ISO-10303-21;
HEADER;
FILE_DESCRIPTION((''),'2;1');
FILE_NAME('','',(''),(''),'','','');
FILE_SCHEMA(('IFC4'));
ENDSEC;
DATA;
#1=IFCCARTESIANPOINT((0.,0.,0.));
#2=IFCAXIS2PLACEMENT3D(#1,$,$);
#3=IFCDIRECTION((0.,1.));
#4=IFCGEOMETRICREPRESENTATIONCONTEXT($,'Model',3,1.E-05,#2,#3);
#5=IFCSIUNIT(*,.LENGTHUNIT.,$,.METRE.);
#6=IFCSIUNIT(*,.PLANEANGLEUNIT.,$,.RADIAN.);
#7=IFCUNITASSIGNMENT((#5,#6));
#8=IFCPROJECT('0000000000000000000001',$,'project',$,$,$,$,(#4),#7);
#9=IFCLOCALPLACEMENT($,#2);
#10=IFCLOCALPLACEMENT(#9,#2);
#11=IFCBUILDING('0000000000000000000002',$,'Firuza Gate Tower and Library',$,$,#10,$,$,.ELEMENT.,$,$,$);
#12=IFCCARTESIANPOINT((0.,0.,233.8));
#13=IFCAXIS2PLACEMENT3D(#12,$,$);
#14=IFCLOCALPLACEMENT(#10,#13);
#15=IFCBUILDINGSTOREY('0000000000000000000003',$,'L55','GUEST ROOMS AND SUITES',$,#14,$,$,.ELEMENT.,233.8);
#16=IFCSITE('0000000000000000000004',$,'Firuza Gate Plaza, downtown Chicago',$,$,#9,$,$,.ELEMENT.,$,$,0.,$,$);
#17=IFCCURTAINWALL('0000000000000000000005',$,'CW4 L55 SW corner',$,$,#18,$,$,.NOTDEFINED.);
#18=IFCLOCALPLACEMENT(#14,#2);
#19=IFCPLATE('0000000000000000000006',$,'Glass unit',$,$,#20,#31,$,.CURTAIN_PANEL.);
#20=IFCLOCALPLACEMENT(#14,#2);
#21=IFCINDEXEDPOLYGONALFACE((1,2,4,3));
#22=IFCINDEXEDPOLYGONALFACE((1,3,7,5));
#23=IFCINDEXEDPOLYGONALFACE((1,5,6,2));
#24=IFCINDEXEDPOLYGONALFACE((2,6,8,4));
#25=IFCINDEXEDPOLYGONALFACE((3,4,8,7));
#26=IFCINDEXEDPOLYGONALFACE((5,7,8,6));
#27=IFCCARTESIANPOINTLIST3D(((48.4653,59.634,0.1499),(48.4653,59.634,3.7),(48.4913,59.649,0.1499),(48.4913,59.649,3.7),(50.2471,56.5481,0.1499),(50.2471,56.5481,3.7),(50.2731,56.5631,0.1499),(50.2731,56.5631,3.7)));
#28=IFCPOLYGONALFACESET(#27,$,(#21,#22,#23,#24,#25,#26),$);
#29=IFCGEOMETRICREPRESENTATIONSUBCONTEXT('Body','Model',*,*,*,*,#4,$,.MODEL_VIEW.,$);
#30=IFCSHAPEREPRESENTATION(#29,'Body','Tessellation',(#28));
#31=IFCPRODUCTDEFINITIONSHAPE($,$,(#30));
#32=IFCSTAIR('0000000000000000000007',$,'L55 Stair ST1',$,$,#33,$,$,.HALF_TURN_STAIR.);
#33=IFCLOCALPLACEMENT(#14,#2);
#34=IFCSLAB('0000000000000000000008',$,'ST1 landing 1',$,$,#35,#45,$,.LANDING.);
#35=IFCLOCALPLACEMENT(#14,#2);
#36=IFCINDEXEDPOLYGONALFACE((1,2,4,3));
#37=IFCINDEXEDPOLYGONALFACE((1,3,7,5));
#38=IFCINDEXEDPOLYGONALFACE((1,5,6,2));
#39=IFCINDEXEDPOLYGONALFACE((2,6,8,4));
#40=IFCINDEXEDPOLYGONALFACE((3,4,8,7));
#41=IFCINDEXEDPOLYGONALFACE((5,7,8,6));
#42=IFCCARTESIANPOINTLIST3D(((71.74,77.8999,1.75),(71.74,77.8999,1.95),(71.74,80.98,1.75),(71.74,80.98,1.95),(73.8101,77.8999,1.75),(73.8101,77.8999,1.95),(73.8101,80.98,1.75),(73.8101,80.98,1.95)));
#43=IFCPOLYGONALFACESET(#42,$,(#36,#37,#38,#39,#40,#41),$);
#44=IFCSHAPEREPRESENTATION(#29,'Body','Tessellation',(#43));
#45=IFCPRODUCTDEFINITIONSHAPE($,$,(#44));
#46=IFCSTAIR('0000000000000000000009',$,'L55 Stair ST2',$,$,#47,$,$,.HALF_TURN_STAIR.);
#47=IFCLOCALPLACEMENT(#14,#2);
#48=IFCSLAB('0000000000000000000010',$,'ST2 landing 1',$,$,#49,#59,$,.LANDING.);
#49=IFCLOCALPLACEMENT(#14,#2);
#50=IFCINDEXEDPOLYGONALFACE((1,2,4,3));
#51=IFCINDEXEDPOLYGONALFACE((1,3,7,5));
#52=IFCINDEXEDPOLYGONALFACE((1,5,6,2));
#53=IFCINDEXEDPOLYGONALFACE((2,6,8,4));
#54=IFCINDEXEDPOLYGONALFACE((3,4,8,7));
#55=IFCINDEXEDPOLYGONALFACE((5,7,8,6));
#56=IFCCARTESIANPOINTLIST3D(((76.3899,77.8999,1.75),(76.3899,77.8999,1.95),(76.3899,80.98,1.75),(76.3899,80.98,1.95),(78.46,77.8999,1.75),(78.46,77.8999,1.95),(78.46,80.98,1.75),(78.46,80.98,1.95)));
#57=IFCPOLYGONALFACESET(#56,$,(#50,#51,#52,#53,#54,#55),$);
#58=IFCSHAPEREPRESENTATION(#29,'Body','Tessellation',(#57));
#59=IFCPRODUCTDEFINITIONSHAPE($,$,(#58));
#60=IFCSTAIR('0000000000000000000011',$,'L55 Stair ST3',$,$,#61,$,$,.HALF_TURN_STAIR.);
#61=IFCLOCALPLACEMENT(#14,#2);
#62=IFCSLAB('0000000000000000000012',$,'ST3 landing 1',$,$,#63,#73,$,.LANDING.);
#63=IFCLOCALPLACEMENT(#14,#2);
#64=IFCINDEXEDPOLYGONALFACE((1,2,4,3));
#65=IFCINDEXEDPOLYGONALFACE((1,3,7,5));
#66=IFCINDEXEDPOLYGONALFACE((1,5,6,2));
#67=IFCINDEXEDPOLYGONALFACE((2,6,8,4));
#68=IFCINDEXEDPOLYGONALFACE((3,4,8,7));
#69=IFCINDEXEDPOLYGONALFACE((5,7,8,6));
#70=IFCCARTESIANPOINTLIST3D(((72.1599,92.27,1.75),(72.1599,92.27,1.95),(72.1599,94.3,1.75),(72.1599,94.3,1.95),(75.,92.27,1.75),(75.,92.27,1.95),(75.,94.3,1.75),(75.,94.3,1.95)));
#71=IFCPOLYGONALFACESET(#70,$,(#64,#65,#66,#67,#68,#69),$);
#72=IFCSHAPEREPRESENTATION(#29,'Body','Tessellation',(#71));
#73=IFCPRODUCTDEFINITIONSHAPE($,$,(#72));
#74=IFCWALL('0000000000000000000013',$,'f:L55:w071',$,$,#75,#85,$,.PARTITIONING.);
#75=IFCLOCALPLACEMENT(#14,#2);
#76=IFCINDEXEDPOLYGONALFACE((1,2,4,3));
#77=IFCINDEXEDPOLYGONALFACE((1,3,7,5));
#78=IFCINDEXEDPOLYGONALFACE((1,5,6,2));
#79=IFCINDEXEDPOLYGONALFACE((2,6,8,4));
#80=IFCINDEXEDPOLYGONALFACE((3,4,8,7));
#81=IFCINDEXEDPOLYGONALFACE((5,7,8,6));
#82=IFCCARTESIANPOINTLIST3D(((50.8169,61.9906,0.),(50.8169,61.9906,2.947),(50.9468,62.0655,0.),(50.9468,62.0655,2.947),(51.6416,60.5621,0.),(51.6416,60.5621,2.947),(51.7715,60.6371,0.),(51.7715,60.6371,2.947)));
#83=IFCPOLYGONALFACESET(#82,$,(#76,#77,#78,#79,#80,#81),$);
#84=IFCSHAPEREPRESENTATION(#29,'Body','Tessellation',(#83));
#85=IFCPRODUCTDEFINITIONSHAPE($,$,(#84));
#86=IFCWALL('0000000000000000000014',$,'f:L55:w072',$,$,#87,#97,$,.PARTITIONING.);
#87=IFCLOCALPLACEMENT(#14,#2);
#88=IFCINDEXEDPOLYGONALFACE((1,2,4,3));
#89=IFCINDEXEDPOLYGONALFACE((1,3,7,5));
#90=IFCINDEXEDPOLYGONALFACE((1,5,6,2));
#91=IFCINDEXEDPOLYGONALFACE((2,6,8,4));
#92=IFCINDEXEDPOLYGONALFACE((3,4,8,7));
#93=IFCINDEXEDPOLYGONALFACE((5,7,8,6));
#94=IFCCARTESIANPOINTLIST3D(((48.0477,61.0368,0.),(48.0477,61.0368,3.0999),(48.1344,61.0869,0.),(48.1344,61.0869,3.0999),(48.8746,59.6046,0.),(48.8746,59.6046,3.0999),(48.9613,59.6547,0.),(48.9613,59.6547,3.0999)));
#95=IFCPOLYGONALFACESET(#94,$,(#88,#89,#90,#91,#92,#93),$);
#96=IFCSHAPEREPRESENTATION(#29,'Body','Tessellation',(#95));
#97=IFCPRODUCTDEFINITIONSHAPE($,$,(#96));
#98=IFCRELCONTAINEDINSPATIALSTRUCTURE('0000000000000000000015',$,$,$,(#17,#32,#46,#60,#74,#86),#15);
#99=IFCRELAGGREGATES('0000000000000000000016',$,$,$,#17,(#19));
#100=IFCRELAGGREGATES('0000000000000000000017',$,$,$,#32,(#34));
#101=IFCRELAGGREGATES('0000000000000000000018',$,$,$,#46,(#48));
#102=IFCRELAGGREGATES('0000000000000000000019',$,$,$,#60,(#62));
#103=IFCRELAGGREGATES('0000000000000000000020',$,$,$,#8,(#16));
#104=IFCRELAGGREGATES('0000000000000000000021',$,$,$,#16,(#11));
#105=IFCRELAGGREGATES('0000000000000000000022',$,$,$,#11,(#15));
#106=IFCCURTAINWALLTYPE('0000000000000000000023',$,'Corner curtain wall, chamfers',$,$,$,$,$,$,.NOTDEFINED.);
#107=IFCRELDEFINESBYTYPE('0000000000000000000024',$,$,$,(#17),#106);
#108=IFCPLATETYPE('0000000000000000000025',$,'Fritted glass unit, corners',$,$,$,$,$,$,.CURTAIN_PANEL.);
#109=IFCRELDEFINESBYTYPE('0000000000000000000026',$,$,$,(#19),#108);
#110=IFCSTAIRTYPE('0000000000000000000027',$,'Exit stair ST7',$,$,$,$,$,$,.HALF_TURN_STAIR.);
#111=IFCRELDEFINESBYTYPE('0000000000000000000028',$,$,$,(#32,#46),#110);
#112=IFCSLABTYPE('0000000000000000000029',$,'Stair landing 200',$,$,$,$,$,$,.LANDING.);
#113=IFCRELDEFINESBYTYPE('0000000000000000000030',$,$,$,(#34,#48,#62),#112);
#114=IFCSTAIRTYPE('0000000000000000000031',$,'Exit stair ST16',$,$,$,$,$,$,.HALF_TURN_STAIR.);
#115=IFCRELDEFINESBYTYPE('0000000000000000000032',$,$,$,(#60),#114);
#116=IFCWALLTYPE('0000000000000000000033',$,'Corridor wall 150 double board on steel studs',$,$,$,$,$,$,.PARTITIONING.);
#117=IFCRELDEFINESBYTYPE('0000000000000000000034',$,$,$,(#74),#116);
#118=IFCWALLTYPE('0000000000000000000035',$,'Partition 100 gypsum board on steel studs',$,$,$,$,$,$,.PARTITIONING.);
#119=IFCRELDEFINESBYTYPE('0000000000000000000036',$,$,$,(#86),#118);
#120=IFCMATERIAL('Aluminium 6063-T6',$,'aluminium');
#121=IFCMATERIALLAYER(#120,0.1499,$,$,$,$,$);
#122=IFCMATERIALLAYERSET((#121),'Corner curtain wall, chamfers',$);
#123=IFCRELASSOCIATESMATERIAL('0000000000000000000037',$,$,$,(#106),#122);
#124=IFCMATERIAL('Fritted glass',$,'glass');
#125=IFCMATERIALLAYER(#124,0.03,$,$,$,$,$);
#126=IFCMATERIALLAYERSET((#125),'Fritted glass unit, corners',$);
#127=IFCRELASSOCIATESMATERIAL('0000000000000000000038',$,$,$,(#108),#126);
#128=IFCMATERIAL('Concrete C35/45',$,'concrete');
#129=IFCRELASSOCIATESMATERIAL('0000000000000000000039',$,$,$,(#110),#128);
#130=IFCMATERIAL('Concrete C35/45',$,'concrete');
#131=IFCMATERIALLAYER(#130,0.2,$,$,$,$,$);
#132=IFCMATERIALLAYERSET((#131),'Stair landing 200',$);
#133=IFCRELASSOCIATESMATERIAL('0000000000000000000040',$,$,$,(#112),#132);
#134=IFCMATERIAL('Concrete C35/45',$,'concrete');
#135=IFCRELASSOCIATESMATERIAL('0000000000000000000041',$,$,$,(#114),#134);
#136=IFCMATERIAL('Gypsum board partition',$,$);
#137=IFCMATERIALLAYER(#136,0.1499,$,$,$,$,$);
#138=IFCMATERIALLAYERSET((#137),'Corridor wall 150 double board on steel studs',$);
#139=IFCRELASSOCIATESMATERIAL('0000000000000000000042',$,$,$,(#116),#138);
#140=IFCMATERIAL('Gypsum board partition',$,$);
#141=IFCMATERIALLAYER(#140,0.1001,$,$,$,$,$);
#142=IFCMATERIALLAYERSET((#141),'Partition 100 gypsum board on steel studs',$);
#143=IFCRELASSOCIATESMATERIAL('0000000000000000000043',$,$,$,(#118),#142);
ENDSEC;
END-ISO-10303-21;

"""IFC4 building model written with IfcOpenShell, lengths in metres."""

from ifc_helpers import new_model, si_unit, direction, frame, frame_2d, origin, place, context, subcontext, project, spatial, polyline, rectangle, outline, extrude, material, layer, layer_set, type_object, element, aggregate, save


model = new_model("IFC4")

# Units and contexts
model_context = context("Model", 3, precision=1e-05, world=origin(), true_north=direction((0.0, 1.0)))
body_context = subcontext(model_context, "Body", "Model", "MODEL_VIEW")
ifc_project = project(units=[si_unit("LENGTHUNIT", "METRE"), si_unit("PLANEANGLEUNIT", "RADIAN")], contexts=[model_context])

# Site, building, storey
site_placement = place(None, origin())
site = spatial("IfcSite", under=ifc_project, at=site_placement, Name="Firuza Gate Plaza, downtown Chicago", CompositionType="ELEMENT", RefElevation=0.0)
building_placement = place(site_placement, origin())
building = spatial("IfcBuilding", under=site, at=building_placement, Name="Firuza Gate Tower and Library", CompositionType="ELEMENT")
storey_placement = place(building_placement, frame((0.0, 0.0, 233.8)))
storey = spatial("IfcBuildingStorey", under=building, at=storey_placement, Name="L55", Description="GUEST ROOMS AND SUITES", CompositionType="ELEMENT", Elevation=233.8)

# Curtain wall
ifc_material_1 = material(Name="Aluminium 6063-T6", Category="aluminium")
ifc_layer_1 = layer(ifc_material_1, 0.1499)
ifc_layer_set_1 = layer_set([ifc_layer_1], Name="Corner curtain wall, chamfers")
curtain_wall_type = type_object("IfcCurtainWallType", Name="Corner curtain wall, chamfers", PredefinedType="NOTDEFINED", material=ifc_layer_set_1)
placement_1 = place(storey_placement, origin())
curtain_wall = element("IfcCurtainWall", 1, at=placement_1, inside=storey, type_object=curtain_wall_type, Name="CW4 L55 SW corner", PredefinedType="NOTDEFINED")

# Plate
ifc_material_2 = material(Name="Fritted glass", Category="glass")
ifc_layer_2 = layer(ifc_material_2, 0.03)
ifc_layer_set_2 = layer_set([ifc_layer_2], Name="Fritted glass unit, corners")
plate_type = type_object("IfcPlateType", Name="Fritted glass unit, corners", PredefinedType="CURTAIN_PANEL", material=ifc_layer_set_2)
plate_placement = place(storey_placement, frame((48.4653, 59.634, 0.1499), z_axis=(-0.866017, -0.500015, 0.0), x_axis=(0.500015, -0.866017, 0.0)))
plate = element("IfcPlate", 2, at=plate_placement, type_object=plate_type, Name="Glass unit", PredefinedType="CURTAIN_PANEL", context=body_context, shape_type="SweptSolid", body=[
    extrude(outline(polyline([(0.0, 0.0), (3.5634, 0.0), (3.5634, 3.55), (0.0, 3.55), (0.0, 0.0)])), origin(), (0.0, 0.0, -1.0), 0.03),
])
aggregate(curtain_wall, [plate])

# Stairs, slabs
ifc_material_3 = material(Name="Concrete C35/45", Category="concrete")
stair_type_1 = type_object("IfcStairType", Name="Exit stair ST7", PredefinedType="HALF_TURN_STAIR", material=ifc_material_3)
stair_1 = element("IfcStair", 3, at=placement_1, inside=storey, type_object=stair_type_1, Name="L55 Stair ST1", PredefinedType="HALF_TURN_STAIR")
ifc_material_4 = material(Name="Concrete C35/45", Category="concrete")
ifc_layer_3 = layer(ifc_material_4, 0.2)
ifc_layer_set_3 = layer_set([ifc_layer_3], Name="Stair landing 200")
slab_type_1 = type_object("IfcSlabType", Name="Stair landing 200", PredefinedType="LANDING", material=ifc_layer_set_3)
placement_2 = place(storey_placement, frame((0.0, 0.0, 1.75)))
slab_1 = element("IfcSlab", 4, at=placement_2, type_object=slab_type_1, Name="ST1 landing 1", PredefinedType="LANDING", context=body_context, shape_type="SweptSolid", body=[
    extrude(outline(polyline([(71.74, 77.8999), (73.8101, 77.8999), (73.8101, 80.98), (71.74, 80.98), (71.74, 77.8999)])), origin(), (0.0, 0.0, 1.0), 0.2),
])
aggregate(stair_1, [slab_1])
stair_2 = element("IfcStair", 5, at=placement_1, inside=storey, type_object=stair_type_1, Name="L55 Stair ST2", PredefinedType="HALF_TURN_STAIR")
slab_2 = element("IfcSlab", 6, at=placement_2, type_object=slab_type_1, Name="ST2 landing 1", PredefinedType="LANDING", context=body_context, shape_type="SweptSolid", body=[
    extrude(outline(polyline([(78.46, 80.98), (76.3899, 80.98), (76.3899, 77.8999), (78.46, 77.8999), (78.46, 80.98)])), origin(), (0.0, 0.0, 1.0), 0.2),
])
aggregate(stair_2, [slab_2])
ifc_material_5 = material(Name="Concrete C35/45", Category="concrete")
stair_type_2 = type_object("IfcStairType", Name="Exit stair ST16", PredefinedType="HALF_TURN_STAIR", material=ifc_material_5)
stair_3 = element("IfcStair", 7, at=placement_1, inside=storey, type_object=stair_type_2, Name="L55 Stair ST3", PredefinedType="HALF_TURN_STAIR")
slab_3 = element("IfcSlab", 8, at=placement_2, type_object=slab_type_1, Name="ST3 landing 1", PredefinedType="LANDING", context=body_context, shape_type="SweptSolid", body=[
    extrude(outline(polyline([(75.0, 92.27), (75.0, 94.3), (72.1599, 94.3), (72.1599, 92.27), (75.0, 92.27)])), origin(), (0.0, 0.0, 1.0), 0.2),
])
aggregate(stair_3, [slab_3])

# Walls
ifc_material_6 = material(Name="Gypsum board partition")
ifc_layer_4 = layer(ifc_material_6, 0.1499)
ifc_layer_set_4 = layer_set([ifc_layer_4], Name="Corridor wall 150 double board on steel studs")
wall_type_1 = type_object("IfcWallType", Name="Corridor wall 150 double board on steel studs", PredefinedType="PARTITIONING", material=ifc_layer_set_4)
wall_1_placement = place(storey_placement, frame((51.7065, 60.5996, 0.0), z_axis=(0.0, 0.0, 1.0), x_axis=(-0.499992, 0.86603, 0.0)))
element("IfcWall", 9, at=wall_1_placement, inside=storey, type_object=wall_type_1, Name="f:L55:w071", PredefinedType="PARTITIONING", context=body_context, shape_type="SweptSolid", body=[
    extrude(rectangle(XDim=1.6494, YDim=0.1499, at=frame_2d((0.8247, 0.0))), origin(), (0.0, 0.0, 1.0), 2.947),
])
ifc_material_7 = material(Name="Gypsum board partition")
ifc_layer_5 = layer(ifc_material_7, 0.1001)
ifc_layer_set_5 = layer_set([ifc_layer_5], Name="Partition 100 gypsum board on steel studs")
wall_type_2 = type_object("IfcWallType", Name="Partition 100 gypsum board on steel studs", PredefinedType="PARTITIONING", material=ifc_layer_set_5)
wall_2_placement = place(storey_placement, frame((48.918, 59.6296, 0.0), z_axis=(0.0, 0.0, 1.0), x_axis=(-0.500029, 0.866009, 0.0)))
element("IfcWall", 10, at=wall_2_placement, inside=storey, type_object=wall_type_2, Name="f:L55:w072", PredefinedType="PARTITIONING", context=body_context, shape_type="SweptSolid", body=[
    extrude(rectangle(XDim=1.6538, YDim=0.1001, at=frame_2d((0.8269, 0.0))), origin(), (0.0, 0.0, 1.0), 3.0999),
])

save(model, "model.ifc")
